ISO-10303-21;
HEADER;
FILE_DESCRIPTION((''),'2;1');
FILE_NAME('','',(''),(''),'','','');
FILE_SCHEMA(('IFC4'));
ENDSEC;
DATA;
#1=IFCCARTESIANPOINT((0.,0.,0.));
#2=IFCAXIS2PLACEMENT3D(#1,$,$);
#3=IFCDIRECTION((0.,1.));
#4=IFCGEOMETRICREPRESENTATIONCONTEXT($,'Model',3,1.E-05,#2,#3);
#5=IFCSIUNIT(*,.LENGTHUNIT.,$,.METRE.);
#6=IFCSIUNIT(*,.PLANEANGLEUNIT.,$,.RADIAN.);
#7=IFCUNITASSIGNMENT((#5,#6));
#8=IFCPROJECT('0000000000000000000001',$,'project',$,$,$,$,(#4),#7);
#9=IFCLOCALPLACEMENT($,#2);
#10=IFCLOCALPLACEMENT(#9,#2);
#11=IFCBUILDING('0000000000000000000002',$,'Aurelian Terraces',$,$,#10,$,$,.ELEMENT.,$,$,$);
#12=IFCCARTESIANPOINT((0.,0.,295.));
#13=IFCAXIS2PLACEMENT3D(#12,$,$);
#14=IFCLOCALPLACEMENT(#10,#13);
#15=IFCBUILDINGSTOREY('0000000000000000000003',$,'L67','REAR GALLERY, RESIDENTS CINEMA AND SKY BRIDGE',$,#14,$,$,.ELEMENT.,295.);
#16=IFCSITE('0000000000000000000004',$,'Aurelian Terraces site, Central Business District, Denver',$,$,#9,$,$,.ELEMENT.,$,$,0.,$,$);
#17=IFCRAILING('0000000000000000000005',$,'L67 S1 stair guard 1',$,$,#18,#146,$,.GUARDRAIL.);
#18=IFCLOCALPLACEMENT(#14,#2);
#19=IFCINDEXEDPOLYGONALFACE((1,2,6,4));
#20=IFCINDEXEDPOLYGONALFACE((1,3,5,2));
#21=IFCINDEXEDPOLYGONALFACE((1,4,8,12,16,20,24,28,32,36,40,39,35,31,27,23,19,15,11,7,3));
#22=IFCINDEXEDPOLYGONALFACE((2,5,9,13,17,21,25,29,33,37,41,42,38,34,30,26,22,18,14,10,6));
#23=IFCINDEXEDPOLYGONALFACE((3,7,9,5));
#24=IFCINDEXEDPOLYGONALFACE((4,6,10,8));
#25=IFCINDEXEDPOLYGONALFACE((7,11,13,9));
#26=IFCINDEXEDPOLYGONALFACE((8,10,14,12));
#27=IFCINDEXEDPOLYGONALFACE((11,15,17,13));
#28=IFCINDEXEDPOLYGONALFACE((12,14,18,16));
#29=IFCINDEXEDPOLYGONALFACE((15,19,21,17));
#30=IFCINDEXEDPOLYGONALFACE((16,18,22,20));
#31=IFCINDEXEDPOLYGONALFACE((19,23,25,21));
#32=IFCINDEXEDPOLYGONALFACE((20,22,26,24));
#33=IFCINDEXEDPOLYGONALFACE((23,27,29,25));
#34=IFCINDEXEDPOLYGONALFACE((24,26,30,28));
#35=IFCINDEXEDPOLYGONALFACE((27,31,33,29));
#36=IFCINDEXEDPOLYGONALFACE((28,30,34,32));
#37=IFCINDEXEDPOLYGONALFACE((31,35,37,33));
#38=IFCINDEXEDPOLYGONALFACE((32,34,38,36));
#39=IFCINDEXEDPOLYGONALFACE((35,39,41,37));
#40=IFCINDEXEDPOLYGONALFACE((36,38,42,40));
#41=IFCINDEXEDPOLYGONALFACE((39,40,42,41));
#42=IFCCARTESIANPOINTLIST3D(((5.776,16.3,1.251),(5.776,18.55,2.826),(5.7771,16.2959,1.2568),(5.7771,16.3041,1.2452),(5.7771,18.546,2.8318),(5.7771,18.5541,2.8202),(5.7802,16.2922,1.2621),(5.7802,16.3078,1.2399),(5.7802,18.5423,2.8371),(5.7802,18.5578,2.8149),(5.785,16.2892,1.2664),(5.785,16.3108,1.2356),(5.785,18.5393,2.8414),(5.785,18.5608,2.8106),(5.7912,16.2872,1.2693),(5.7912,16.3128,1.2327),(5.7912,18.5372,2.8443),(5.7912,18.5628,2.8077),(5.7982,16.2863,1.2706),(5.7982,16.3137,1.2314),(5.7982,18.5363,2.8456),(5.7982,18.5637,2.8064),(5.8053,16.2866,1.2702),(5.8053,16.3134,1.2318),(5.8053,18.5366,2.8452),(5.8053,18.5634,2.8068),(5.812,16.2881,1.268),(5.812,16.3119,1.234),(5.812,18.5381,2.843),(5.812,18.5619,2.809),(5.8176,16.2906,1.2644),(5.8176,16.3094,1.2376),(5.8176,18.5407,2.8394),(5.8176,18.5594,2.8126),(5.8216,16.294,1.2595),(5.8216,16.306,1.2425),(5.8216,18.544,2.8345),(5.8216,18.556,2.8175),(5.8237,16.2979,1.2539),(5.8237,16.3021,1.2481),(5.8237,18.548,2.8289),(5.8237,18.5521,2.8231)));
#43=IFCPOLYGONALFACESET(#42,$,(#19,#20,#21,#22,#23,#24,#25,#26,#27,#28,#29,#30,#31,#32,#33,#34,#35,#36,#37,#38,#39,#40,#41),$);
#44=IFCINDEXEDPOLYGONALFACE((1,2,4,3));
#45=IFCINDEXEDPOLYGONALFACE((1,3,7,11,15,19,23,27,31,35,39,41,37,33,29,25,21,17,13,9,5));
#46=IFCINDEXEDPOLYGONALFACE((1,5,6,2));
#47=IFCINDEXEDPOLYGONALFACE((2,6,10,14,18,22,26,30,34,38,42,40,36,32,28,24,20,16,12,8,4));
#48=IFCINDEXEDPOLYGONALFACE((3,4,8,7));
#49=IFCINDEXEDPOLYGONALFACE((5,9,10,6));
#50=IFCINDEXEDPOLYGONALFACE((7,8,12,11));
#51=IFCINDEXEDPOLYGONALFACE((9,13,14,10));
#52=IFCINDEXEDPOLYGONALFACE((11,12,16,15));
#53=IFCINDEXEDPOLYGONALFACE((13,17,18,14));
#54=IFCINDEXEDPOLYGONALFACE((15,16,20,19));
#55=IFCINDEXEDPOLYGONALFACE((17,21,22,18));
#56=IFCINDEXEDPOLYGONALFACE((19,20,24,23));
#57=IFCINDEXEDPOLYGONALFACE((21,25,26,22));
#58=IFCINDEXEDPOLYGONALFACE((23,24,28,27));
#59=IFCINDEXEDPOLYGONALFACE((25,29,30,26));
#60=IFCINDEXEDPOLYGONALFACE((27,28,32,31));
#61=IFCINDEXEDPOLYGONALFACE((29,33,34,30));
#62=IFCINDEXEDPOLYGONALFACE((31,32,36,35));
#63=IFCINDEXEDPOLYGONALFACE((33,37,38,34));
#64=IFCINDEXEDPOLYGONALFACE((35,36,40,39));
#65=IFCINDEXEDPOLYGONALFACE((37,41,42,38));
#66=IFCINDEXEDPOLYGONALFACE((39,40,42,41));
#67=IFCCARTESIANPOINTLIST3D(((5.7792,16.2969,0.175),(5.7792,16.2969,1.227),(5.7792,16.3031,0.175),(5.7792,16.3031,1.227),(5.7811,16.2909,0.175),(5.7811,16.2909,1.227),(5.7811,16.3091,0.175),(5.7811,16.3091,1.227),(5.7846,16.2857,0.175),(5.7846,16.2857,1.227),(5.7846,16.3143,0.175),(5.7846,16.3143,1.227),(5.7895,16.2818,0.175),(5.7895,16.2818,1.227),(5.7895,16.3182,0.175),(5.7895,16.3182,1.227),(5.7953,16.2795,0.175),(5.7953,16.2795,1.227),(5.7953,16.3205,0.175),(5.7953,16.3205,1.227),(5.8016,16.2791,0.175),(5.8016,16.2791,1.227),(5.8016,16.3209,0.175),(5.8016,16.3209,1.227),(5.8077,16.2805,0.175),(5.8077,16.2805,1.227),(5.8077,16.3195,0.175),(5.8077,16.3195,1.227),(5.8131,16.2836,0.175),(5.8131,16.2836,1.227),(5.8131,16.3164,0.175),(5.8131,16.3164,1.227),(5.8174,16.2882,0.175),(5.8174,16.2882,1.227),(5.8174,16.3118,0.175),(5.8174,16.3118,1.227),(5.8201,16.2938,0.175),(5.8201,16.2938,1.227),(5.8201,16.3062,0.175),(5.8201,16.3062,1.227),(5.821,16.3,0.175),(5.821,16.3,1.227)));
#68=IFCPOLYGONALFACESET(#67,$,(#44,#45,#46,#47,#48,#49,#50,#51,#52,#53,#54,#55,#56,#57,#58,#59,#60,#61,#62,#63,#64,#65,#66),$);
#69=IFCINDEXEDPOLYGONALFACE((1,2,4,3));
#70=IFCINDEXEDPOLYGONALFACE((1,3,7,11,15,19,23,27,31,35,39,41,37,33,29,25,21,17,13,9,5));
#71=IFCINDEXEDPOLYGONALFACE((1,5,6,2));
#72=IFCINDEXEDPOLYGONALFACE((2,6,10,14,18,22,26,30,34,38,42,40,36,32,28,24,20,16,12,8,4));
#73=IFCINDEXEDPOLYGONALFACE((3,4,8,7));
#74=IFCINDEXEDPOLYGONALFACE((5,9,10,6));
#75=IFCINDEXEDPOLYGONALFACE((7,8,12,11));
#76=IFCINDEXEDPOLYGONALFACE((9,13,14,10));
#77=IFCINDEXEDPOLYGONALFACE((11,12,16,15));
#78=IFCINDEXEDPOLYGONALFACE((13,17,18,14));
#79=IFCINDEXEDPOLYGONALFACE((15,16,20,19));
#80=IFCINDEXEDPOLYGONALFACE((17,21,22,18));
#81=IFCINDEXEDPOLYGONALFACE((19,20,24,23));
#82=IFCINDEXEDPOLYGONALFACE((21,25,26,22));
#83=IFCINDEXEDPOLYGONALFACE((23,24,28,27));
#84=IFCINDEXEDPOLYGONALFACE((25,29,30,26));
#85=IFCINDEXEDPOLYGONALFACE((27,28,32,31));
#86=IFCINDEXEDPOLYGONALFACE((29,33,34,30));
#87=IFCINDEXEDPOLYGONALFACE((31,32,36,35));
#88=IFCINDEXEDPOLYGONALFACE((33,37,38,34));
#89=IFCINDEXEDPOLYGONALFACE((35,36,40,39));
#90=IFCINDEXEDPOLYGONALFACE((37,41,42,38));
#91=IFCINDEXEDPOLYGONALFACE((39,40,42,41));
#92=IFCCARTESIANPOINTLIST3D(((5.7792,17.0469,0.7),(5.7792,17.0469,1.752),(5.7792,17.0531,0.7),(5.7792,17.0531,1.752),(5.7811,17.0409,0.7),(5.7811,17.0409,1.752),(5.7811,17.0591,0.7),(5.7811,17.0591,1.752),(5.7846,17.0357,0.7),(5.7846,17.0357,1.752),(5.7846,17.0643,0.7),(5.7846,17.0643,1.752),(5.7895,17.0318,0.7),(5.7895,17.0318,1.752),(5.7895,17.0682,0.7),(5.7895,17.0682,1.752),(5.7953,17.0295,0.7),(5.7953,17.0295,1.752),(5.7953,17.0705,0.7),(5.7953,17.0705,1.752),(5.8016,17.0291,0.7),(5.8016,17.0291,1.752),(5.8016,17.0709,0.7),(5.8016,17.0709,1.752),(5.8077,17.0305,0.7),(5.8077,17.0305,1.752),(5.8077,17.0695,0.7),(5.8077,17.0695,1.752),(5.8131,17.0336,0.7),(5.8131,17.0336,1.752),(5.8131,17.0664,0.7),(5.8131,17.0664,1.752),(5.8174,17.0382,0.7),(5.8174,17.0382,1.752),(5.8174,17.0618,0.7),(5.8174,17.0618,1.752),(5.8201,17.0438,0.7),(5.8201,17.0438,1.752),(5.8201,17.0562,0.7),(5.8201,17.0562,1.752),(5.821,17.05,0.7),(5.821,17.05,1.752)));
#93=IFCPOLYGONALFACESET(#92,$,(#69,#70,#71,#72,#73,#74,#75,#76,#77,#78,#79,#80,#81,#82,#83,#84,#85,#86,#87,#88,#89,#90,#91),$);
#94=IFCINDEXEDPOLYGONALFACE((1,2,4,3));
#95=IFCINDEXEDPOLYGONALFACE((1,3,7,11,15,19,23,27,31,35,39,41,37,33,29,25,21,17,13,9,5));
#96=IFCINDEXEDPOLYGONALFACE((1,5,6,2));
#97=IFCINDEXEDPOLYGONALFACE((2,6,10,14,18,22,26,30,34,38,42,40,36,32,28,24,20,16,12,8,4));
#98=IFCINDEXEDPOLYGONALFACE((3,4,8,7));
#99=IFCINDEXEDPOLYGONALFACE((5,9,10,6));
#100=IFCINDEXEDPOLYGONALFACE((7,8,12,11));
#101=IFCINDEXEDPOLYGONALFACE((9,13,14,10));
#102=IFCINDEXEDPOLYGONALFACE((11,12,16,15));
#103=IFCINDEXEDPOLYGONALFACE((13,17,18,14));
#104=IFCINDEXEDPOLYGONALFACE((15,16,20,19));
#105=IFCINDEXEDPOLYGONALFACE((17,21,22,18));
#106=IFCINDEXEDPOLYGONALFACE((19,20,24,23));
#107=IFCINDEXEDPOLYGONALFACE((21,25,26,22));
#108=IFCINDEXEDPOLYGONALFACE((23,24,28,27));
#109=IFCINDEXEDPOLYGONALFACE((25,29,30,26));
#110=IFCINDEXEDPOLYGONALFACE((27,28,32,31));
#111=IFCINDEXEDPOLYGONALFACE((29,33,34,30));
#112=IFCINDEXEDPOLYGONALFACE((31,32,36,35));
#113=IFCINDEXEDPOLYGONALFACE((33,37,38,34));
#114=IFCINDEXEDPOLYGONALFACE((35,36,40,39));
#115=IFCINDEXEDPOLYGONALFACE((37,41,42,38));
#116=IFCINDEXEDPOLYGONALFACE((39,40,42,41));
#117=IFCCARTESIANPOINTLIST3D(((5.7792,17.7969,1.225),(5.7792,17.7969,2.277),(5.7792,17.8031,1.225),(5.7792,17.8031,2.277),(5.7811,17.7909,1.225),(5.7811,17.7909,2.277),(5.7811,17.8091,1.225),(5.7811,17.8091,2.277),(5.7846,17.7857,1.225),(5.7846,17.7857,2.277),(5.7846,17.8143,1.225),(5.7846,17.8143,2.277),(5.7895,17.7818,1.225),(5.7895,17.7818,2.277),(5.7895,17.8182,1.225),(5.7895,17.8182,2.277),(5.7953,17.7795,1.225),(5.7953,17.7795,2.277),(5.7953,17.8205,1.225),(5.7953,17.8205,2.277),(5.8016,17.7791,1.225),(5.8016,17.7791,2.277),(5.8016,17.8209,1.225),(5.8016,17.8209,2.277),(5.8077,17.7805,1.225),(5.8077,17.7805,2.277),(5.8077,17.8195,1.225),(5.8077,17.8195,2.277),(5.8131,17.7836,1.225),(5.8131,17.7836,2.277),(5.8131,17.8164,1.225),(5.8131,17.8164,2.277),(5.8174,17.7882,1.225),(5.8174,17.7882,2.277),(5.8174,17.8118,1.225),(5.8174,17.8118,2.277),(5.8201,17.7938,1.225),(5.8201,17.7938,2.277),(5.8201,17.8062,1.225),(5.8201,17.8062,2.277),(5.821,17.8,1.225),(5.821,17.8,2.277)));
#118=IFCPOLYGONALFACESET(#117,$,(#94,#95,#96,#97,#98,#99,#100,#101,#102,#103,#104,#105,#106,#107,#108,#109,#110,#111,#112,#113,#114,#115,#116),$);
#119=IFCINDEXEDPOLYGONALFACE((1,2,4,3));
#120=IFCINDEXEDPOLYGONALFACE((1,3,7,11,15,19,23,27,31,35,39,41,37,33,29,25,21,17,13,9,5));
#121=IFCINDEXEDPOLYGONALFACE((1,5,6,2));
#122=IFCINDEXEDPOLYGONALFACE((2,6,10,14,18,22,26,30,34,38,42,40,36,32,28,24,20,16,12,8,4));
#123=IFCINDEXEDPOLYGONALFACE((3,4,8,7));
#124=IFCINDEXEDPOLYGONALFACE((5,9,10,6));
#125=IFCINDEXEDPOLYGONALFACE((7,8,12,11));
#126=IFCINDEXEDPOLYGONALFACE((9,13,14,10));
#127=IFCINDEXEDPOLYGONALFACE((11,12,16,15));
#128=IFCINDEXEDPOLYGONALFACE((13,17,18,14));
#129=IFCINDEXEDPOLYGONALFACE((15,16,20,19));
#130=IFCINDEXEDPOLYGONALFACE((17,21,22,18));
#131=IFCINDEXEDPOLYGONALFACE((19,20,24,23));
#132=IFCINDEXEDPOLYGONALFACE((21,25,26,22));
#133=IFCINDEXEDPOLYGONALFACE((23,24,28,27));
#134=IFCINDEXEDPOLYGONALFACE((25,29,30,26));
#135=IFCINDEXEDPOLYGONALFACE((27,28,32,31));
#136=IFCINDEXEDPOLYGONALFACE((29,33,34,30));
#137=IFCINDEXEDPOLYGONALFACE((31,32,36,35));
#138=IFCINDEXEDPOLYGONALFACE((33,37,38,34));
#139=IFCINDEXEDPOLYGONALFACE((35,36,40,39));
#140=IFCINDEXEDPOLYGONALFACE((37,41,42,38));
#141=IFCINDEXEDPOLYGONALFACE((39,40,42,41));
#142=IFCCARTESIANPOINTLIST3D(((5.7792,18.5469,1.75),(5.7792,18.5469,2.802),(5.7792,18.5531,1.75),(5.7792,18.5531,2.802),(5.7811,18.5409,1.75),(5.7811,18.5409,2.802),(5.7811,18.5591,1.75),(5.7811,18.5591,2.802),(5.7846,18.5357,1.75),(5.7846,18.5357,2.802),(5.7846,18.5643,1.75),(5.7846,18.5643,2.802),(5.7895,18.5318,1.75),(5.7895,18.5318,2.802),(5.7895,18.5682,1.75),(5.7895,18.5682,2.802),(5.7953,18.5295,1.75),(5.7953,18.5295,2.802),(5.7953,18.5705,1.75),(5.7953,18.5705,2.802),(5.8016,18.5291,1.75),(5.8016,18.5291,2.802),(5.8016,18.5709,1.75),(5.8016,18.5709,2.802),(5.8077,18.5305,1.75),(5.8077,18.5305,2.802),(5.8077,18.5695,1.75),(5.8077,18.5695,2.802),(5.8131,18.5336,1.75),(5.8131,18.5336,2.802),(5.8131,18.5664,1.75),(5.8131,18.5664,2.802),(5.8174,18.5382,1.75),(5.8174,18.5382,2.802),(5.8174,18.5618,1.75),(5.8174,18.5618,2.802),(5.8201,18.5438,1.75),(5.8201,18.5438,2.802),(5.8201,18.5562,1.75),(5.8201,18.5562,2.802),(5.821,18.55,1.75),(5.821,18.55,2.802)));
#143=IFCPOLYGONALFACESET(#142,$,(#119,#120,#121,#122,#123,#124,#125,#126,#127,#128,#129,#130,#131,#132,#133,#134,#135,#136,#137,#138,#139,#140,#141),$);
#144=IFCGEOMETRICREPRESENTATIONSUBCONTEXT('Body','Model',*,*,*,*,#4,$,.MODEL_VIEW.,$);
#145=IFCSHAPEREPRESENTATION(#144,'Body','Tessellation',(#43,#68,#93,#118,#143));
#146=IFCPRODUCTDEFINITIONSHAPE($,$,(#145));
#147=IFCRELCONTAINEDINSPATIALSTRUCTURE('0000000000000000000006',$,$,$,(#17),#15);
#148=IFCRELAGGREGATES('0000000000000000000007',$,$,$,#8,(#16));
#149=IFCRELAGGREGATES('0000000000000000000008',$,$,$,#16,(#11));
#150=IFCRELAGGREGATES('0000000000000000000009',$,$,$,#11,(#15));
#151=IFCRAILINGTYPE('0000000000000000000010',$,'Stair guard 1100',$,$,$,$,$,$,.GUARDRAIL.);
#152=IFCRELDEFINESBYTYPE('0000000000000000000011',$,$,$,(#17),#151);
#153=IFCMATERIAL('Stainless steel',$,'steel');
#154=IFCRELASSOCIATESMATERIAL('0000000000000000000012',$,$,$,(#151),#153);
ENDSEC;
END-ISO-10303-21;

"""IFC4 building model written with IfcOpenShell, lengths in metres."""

from ifc_helpers import new_model, si_unit, direction, frame, origin, origin_2d, place, context, subcontext, project, spatial, circle, extrude, source, transform, mapped, material, type_object, element, save


model = new_model("IFC4")

# Units and contexts
model_context = context("Model", 3, precision=1e-05, world=origin(), true_north=direction((0.0, 1.0)))
body_context = subcontext(model_context, "Body", "Model", "MODEL_VIEW")
ifc_project = project(units=[si_unit("LENGTHUNIT", "METRE"), si_unit("PLANEANGLEUNIT", "RADIAN")], contexts=[model_context])

# Site, building, storey
site_placement = place(None, origin())
site = spatial("IfcSite", under=ifc_project, at=site_placement, Name="Aurelian Terraces site, Central Business District, Denver", CompositionType="ELEMENT", RefElevation=0.0)
building_placement = place(site_placement, origin())
building = spatial("IfcBuilding", under=site, at=building_placement, Name="Aurelian Terraces", CompositionType="ELEMENT")
storey_placement = place(building_placement, frame((0.0, 0.0, 295.0)))
storey = spatial("IfcBuildingStorey", under=building, at=storey_placement, Name="L67", Description="REAR GALLERY, RESIDENTS CINEMA AND SKY BRIDGE", CompositionType="ELEMENT", Elevation=295.0)

# Railing
ifc_material_1 = material(Name="Stainless steel", Category="steel")
railing_type_1 = type_object("IfcRailingType", Name="Stair guard 1100", PredefinedType="GUARDRAIL", material=ifc_material_1)
shared_shape_1 = source(origin(), body_context, "Body", "SweptSolid", [
    extrude(circle(Radius=0.024, at=origin_2d()), frame((0.0, 0.0, 1.076), z_axis=(0.0, 0.819232, 0.573462), x_axis=(-1.0, 0.0, 0.0)), (0.0, 0.0, 1.0), 2.7465),
    extrude(circle(Radius=0.021, at=origin_2d()), origin(), (0.0, 0.0, 1.0), 1.052),
    extrude(circle(Radius=0.021, at=origin_2d()), frame((0.0, 0.75, 0.525)), (0.0, 0.0, 1.0), 1.052),
    extrude(circle(Radius=0.021, at=origin_2d()), frame((0.0, 1.5, 1.05)), (0.0, 0.0, 1.0), 1.052),
    extrude(circle(Radius=0.021, at=origin_2d()), frame((0.0, 2.25, 1.575)), (0.0, 0.0, 1.0), 1.052),
])
railing_1_placement = place(storey_placement, frame((5.8, 16.3, 0.175)))
element("IfcRailing", 1, at=railing_1_placement, inside=storey, type_object=railing_type_1, Name="L67 S1 stair guard 1", PredefinedType="GUARDRAIL", context=body_context, shape_type="MappedRepresentation", body=[
    mapped(shared_shape_1, transform((0.0, 0.0, 0.0), scale=1.0)),
])

save(model, "model.ifc")
